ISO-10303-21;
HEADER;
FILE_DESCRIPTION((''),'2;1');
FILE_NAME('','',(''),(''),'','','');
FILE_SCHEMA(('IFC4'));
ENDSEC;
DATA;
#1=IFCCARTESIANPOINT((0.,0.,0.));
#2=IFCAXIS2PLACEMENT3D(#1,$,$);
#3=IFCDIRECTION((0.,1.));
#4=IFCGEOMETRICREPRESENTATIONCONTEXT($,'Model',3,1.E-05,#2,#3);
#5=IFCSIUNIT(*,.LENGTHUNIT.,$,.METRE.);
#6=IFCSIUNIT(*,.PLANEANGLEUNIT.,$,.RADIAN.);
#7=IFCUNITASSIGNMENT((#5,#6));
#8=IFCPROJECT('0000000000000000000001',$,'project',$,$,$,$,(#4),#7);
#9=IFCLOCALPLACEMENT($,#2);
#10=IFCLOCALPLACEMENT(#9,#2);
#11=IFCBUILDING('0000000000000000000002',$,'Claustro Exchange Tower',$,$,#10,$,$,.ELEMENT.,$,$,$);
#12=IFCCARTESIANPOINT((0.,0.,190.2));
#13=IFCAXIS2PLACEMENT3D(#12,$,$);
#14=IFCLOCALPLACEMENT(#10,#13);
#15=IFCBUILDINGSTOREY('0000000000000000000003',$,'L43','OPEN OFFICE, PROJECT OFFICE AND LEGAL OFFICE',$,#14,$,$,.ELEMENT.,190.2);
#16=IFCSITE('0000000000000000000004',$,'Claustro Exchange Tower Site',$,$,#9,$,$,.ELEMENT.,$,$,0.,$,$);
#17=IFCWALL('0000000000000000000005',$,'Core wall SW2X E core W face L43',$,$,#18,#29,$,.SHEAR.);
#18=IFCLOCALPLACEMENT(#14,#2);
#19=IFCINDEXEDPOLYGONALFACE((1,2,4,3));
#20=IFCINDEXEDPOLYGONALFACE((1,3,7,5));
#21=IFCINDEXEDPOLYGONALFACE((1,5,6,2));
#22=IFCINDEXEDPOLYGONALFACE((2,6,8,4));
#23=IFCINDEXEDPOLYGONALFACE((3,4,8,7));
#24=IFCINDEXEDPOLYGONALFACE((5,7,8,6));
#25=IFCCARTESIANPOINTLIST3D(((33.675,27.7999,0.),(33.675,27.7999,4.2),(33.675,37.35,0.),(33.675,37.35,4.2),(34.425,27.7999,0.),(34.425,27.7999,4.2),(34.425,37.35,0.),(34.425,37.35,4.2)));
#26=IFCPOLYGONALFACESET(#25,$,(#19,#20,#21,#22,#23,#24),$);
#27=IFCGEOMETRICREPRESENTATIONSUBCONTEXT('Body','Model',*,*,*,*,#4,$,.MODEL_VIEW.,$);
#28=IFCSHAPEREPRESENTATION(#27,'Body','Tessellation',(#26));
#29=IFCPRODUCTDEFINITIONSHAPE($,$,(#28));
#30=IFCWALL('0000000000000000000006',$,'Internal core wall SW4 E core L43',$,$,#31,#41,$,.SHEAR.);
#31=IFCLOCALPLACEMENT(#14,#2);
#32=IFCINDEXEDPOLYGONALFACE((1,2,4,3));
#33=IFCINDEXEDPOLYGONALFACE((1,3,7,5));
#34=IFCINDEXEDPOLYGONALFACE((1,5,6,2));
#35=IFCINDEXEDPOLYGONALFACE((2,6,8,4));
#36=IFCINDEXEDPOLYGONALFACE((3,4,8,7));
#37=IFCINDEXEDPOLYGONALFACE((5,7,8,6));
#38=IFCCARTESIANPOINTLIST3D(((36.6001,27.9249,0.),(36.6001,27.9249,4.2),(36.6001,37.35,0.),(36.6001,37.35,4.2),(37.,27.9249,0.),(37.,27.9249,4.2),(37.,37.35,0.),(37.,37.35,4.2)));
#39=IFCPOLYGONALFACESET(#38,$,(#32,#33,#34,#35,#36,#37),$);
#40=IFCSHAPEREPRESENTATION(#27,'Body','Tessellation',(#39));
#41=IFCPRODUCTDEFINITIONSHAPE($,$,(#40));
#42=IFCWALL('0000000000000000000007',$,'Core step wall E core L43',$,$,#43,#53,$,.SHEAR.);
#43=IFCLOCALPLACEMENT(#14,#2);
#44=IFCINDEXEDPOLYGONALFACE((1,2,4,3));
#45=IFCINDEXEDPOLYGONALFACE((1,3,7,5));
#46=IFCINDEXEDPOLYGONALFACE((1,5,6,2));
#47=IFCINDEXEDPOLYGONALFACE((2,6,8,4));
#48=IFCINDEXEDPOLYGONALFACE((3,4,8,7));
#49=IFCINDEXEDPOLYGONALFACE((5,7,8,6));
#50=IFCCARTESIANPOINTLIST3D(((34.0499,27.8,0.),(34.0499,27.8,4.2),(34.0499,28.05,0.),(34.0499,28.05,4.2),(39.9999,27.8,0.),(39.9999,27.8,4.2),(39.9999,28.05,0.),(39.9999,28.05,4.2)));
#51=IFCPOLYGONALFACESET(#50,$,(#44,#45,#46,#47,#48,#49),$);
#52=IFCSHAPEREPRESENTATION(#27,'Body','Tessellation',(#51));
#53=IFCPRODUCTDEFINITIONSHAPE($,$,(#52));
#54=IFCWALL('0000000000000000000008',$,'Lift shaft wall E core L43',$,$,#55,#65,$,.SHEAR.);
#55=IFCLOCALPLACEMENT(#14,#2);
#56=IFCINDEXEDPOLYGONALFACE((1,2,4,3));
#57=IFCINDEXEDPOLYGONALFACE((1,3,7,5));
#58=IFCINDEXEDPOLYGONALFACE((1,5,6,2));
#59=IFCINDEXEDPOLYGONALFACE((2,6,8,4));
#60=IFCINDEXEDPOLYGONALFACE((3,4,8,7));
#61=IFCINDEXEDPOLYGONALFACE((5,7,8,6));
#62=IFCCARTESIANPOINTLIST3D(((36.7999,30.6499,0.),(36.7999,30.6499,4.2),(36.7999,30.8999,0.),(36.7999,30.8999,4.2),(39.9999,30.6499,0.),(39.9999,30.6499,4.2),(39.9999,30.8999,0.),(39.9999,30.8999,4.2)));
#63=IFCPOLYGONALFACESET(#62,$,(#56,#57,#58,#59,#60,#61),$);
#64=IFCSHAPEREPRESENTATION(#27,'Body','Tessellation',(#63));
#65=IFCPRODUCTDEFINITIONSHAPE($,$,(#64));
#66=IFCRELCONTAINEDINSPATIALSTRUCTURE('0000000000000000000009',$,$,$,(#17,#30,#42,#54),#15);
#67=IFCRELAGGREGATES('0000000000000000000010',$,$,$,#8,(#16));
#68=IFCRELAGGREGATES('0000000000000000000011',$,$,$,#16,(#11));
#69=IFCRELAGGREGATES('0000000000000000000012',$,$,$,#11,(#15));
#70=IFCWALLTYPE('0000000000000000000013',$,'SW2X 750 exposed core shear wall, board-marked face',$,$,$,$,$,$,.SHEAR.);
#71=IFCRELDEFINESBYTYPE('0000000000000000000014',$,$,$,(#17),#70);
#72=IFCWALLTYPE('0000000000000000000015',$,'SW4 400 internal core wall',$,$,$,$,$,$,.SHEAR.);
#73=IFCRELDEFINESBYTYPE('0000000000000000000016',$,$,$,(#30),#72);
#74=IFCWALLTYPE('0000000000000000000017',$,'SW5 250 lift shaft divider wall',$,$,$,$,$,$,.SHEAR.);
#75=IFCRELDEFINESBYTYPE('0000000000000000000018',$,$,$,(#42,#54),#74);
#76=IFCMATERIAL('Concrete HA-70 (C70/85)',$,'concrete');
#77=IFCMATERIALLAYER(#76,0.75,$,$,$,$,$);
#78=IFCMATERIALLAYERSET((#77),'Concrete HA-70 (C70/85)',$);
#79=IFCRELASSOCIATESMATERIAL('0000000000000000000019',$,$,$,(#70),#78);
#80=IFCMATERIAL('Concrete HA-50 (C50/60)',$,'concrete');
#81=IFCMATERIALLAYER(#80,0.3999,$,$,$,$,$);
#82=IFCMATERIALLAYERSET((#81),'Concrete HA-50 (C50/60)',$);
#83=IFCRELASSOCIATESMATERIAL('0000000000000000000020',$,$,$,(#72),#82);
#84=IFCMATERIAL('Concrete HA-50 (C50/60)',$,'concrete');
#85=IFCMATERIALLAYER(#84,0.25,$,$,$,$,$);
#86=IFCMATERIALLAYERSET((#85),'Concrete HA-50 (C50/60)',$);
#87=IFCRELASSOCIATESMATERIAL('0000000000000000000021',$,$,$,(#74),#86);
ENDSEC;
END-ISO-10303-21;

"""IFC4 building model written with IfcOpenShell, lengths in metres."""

from ifc_helpers import new_model, si_unit, direction, frame, frame_2d, origin, place, context, subcontext, project, spatial, rectangle, extrude, material, layer, layer_set, type_object, element, save


model = new_model("IFC4")

# Units and contexts
model_context = context("Model", 3, precision=1e-05, world=origin(), true_north=direction((0.0, 1.0)))
body_context = subcontext(model_context, "Body", "Model", "MODEL_VIEW")
ifc_project = project(units=[si_unit("LENGTHUNIT", "METRE"), si_unit("PLANEANGLEUNIT", "RADIAN")], contexts=[model_context])

# Site, building, storey
site_placement = place(None, origin())
site = spatial("IfcSite", under=ifc_project, at=site_placement, Name="Claustro Exchange Tower Site", CompositionType="ELEMENT", RefElevation=0.0)
building_placement = place(site_placement, origin())
building = spatial("IfcBuilding", under=site, at=building_placement, Name="Claustro Exchange Tower", CompositionType="ELEMENT")
storey_placement = place(building_placement, frame((0.0, 0.0, 190.2)))
storey = spatial("IfcBuildingStorey", under=building, at=storey_placement, Name="L43", Description="OPEN OFFICE, PROJECT OFFICE AND LEGAL OFFICE", CompositionType="ELEMENT", Elevation=190.2)

# Walls
ifc_material_1 = material(Name="Concrete HA-70 (C70/85)", Category="concrete")
ifc_layer_1 = layer(ifc_material_1, 0.75)
ifc_layer_set_1 = layer_set([ifc_layer_1], Name="Concrete HA-70 (C70/85)")
wall_type_1 = type_object("IfcWallType", Name="SW2X 750 exposed core shear wall, board-marked face", PredefinedType="SHEAR", material=ifc_layer_set_1)
wall_1_placement = place(storey_placement, frame((34.05, 27.8, 0.0), z_axis=(0.0, 0.0, 1.0), x_axis=(0.0, 1.0, 0.0)))
element("IfcWall", 1, at=wall_1_placement, inside=storey, type_object=wall_type_1, Name="Core wall SW2X E core W face L43", PredefinedType="SHEAR", context=body_context, shape_type="SweptSolid", body=[
    extrude(rectangle(XDim=9.55, YDim=0.75, at=frame_2d((4.7749, 0.0))), origin(), (0.0, 0.0, 1.0), 4.2),
])
ifc_material_2 = material(Name="Concrete HA-50 (C50/60)", Category="concrete")
ifc_layer_2 = layer(ifc_material_2, 0.3999)
ifc_layer_set_2 = layer_set([ifc_layer_2], Name="Concrete HA-50 (C50/60)")
wall_type_2 = type_object("IfcWallType", Name="SW4 400 internal core wall", PredefinedType="SHEAR", material=ifc_layer_set_2)
wall_2_placement = place(storey_placement, frame((36.8, 27.925, 0.0), z_axis=(0.0, 0.0, 1.0), x_axis=(0.0, 1.0, 0.0)))
element("IfcWall", 2, at=wall_2_placement, inside=storey, type_object=wall_type_2, Name="Internal core wall SW4 E core L43", PredefinedType="SHEAR", context=body_context, shape_type="SweptSolid", body=[
    extrude(rectangle(XDim=9.425, YDim=0.3999, at=frame_2d((4.7124, 0.0))), origin(), (0.0, 0.0, 1.0), 4.2),
])
ifc_material_3 = material(Name="Concrete HA-50 (C50/60)", Category="concrete")
ifc_layer_3 = layer(ifc_material_3, 0.25)
ifc_layer_set_3 = layer_set([ifc_layer_3], Name="Concrete HA-50 (C50/60)")
wall_type_3 = type_object("IfcWallType", Name="SW5 250 lift shaft divider wall", PredefinedType="SHEAR", material=ifc_layer_set_3)
wall_3_placement = place(storey_placement, frame((40.0, 27.925, 0.0), z_axis=(0.0, 0.0, 1.0), x_axis=(-1.0, 0.0, 0.0)))
element("IfcWall", 3, at=wall_3_placement, inside=storey, type_object=wall_type_3, Name="Core step wall E core L43", PredefinedType="SHEAR", context=body_context, shape_type="SweptSolid", body=[
    extrude(rectangle(XDim=5.95, YDim=0.25, at=frame_2d((2.9751, 0.0))), origin(), (0.0, 0.0, 1.0), 4.2),
])
wall_4_placement = place(storey_placement, frame((40.0, 30.7749, 0.0), z_axis=(0.0, 0.0, 1.0), x_axis=(-1.0, 0.0, 0.0)))
element("IfcWall", 4, at=wall_4_placement, inside=storey, type_object=wall_type_3, Name="Lift shaft wall E core L43", PredefinedType="SHEAR", context=body_context, shape_type="SweptSolid", body=[
    extrude(rectangle(XDim=3.2, YDim=0.25, at=frame_2d((1.6001, 0.0))), origin(), (0.0, 0.0, 1.0), 4.2),
])

save(model, "model.ifc")
